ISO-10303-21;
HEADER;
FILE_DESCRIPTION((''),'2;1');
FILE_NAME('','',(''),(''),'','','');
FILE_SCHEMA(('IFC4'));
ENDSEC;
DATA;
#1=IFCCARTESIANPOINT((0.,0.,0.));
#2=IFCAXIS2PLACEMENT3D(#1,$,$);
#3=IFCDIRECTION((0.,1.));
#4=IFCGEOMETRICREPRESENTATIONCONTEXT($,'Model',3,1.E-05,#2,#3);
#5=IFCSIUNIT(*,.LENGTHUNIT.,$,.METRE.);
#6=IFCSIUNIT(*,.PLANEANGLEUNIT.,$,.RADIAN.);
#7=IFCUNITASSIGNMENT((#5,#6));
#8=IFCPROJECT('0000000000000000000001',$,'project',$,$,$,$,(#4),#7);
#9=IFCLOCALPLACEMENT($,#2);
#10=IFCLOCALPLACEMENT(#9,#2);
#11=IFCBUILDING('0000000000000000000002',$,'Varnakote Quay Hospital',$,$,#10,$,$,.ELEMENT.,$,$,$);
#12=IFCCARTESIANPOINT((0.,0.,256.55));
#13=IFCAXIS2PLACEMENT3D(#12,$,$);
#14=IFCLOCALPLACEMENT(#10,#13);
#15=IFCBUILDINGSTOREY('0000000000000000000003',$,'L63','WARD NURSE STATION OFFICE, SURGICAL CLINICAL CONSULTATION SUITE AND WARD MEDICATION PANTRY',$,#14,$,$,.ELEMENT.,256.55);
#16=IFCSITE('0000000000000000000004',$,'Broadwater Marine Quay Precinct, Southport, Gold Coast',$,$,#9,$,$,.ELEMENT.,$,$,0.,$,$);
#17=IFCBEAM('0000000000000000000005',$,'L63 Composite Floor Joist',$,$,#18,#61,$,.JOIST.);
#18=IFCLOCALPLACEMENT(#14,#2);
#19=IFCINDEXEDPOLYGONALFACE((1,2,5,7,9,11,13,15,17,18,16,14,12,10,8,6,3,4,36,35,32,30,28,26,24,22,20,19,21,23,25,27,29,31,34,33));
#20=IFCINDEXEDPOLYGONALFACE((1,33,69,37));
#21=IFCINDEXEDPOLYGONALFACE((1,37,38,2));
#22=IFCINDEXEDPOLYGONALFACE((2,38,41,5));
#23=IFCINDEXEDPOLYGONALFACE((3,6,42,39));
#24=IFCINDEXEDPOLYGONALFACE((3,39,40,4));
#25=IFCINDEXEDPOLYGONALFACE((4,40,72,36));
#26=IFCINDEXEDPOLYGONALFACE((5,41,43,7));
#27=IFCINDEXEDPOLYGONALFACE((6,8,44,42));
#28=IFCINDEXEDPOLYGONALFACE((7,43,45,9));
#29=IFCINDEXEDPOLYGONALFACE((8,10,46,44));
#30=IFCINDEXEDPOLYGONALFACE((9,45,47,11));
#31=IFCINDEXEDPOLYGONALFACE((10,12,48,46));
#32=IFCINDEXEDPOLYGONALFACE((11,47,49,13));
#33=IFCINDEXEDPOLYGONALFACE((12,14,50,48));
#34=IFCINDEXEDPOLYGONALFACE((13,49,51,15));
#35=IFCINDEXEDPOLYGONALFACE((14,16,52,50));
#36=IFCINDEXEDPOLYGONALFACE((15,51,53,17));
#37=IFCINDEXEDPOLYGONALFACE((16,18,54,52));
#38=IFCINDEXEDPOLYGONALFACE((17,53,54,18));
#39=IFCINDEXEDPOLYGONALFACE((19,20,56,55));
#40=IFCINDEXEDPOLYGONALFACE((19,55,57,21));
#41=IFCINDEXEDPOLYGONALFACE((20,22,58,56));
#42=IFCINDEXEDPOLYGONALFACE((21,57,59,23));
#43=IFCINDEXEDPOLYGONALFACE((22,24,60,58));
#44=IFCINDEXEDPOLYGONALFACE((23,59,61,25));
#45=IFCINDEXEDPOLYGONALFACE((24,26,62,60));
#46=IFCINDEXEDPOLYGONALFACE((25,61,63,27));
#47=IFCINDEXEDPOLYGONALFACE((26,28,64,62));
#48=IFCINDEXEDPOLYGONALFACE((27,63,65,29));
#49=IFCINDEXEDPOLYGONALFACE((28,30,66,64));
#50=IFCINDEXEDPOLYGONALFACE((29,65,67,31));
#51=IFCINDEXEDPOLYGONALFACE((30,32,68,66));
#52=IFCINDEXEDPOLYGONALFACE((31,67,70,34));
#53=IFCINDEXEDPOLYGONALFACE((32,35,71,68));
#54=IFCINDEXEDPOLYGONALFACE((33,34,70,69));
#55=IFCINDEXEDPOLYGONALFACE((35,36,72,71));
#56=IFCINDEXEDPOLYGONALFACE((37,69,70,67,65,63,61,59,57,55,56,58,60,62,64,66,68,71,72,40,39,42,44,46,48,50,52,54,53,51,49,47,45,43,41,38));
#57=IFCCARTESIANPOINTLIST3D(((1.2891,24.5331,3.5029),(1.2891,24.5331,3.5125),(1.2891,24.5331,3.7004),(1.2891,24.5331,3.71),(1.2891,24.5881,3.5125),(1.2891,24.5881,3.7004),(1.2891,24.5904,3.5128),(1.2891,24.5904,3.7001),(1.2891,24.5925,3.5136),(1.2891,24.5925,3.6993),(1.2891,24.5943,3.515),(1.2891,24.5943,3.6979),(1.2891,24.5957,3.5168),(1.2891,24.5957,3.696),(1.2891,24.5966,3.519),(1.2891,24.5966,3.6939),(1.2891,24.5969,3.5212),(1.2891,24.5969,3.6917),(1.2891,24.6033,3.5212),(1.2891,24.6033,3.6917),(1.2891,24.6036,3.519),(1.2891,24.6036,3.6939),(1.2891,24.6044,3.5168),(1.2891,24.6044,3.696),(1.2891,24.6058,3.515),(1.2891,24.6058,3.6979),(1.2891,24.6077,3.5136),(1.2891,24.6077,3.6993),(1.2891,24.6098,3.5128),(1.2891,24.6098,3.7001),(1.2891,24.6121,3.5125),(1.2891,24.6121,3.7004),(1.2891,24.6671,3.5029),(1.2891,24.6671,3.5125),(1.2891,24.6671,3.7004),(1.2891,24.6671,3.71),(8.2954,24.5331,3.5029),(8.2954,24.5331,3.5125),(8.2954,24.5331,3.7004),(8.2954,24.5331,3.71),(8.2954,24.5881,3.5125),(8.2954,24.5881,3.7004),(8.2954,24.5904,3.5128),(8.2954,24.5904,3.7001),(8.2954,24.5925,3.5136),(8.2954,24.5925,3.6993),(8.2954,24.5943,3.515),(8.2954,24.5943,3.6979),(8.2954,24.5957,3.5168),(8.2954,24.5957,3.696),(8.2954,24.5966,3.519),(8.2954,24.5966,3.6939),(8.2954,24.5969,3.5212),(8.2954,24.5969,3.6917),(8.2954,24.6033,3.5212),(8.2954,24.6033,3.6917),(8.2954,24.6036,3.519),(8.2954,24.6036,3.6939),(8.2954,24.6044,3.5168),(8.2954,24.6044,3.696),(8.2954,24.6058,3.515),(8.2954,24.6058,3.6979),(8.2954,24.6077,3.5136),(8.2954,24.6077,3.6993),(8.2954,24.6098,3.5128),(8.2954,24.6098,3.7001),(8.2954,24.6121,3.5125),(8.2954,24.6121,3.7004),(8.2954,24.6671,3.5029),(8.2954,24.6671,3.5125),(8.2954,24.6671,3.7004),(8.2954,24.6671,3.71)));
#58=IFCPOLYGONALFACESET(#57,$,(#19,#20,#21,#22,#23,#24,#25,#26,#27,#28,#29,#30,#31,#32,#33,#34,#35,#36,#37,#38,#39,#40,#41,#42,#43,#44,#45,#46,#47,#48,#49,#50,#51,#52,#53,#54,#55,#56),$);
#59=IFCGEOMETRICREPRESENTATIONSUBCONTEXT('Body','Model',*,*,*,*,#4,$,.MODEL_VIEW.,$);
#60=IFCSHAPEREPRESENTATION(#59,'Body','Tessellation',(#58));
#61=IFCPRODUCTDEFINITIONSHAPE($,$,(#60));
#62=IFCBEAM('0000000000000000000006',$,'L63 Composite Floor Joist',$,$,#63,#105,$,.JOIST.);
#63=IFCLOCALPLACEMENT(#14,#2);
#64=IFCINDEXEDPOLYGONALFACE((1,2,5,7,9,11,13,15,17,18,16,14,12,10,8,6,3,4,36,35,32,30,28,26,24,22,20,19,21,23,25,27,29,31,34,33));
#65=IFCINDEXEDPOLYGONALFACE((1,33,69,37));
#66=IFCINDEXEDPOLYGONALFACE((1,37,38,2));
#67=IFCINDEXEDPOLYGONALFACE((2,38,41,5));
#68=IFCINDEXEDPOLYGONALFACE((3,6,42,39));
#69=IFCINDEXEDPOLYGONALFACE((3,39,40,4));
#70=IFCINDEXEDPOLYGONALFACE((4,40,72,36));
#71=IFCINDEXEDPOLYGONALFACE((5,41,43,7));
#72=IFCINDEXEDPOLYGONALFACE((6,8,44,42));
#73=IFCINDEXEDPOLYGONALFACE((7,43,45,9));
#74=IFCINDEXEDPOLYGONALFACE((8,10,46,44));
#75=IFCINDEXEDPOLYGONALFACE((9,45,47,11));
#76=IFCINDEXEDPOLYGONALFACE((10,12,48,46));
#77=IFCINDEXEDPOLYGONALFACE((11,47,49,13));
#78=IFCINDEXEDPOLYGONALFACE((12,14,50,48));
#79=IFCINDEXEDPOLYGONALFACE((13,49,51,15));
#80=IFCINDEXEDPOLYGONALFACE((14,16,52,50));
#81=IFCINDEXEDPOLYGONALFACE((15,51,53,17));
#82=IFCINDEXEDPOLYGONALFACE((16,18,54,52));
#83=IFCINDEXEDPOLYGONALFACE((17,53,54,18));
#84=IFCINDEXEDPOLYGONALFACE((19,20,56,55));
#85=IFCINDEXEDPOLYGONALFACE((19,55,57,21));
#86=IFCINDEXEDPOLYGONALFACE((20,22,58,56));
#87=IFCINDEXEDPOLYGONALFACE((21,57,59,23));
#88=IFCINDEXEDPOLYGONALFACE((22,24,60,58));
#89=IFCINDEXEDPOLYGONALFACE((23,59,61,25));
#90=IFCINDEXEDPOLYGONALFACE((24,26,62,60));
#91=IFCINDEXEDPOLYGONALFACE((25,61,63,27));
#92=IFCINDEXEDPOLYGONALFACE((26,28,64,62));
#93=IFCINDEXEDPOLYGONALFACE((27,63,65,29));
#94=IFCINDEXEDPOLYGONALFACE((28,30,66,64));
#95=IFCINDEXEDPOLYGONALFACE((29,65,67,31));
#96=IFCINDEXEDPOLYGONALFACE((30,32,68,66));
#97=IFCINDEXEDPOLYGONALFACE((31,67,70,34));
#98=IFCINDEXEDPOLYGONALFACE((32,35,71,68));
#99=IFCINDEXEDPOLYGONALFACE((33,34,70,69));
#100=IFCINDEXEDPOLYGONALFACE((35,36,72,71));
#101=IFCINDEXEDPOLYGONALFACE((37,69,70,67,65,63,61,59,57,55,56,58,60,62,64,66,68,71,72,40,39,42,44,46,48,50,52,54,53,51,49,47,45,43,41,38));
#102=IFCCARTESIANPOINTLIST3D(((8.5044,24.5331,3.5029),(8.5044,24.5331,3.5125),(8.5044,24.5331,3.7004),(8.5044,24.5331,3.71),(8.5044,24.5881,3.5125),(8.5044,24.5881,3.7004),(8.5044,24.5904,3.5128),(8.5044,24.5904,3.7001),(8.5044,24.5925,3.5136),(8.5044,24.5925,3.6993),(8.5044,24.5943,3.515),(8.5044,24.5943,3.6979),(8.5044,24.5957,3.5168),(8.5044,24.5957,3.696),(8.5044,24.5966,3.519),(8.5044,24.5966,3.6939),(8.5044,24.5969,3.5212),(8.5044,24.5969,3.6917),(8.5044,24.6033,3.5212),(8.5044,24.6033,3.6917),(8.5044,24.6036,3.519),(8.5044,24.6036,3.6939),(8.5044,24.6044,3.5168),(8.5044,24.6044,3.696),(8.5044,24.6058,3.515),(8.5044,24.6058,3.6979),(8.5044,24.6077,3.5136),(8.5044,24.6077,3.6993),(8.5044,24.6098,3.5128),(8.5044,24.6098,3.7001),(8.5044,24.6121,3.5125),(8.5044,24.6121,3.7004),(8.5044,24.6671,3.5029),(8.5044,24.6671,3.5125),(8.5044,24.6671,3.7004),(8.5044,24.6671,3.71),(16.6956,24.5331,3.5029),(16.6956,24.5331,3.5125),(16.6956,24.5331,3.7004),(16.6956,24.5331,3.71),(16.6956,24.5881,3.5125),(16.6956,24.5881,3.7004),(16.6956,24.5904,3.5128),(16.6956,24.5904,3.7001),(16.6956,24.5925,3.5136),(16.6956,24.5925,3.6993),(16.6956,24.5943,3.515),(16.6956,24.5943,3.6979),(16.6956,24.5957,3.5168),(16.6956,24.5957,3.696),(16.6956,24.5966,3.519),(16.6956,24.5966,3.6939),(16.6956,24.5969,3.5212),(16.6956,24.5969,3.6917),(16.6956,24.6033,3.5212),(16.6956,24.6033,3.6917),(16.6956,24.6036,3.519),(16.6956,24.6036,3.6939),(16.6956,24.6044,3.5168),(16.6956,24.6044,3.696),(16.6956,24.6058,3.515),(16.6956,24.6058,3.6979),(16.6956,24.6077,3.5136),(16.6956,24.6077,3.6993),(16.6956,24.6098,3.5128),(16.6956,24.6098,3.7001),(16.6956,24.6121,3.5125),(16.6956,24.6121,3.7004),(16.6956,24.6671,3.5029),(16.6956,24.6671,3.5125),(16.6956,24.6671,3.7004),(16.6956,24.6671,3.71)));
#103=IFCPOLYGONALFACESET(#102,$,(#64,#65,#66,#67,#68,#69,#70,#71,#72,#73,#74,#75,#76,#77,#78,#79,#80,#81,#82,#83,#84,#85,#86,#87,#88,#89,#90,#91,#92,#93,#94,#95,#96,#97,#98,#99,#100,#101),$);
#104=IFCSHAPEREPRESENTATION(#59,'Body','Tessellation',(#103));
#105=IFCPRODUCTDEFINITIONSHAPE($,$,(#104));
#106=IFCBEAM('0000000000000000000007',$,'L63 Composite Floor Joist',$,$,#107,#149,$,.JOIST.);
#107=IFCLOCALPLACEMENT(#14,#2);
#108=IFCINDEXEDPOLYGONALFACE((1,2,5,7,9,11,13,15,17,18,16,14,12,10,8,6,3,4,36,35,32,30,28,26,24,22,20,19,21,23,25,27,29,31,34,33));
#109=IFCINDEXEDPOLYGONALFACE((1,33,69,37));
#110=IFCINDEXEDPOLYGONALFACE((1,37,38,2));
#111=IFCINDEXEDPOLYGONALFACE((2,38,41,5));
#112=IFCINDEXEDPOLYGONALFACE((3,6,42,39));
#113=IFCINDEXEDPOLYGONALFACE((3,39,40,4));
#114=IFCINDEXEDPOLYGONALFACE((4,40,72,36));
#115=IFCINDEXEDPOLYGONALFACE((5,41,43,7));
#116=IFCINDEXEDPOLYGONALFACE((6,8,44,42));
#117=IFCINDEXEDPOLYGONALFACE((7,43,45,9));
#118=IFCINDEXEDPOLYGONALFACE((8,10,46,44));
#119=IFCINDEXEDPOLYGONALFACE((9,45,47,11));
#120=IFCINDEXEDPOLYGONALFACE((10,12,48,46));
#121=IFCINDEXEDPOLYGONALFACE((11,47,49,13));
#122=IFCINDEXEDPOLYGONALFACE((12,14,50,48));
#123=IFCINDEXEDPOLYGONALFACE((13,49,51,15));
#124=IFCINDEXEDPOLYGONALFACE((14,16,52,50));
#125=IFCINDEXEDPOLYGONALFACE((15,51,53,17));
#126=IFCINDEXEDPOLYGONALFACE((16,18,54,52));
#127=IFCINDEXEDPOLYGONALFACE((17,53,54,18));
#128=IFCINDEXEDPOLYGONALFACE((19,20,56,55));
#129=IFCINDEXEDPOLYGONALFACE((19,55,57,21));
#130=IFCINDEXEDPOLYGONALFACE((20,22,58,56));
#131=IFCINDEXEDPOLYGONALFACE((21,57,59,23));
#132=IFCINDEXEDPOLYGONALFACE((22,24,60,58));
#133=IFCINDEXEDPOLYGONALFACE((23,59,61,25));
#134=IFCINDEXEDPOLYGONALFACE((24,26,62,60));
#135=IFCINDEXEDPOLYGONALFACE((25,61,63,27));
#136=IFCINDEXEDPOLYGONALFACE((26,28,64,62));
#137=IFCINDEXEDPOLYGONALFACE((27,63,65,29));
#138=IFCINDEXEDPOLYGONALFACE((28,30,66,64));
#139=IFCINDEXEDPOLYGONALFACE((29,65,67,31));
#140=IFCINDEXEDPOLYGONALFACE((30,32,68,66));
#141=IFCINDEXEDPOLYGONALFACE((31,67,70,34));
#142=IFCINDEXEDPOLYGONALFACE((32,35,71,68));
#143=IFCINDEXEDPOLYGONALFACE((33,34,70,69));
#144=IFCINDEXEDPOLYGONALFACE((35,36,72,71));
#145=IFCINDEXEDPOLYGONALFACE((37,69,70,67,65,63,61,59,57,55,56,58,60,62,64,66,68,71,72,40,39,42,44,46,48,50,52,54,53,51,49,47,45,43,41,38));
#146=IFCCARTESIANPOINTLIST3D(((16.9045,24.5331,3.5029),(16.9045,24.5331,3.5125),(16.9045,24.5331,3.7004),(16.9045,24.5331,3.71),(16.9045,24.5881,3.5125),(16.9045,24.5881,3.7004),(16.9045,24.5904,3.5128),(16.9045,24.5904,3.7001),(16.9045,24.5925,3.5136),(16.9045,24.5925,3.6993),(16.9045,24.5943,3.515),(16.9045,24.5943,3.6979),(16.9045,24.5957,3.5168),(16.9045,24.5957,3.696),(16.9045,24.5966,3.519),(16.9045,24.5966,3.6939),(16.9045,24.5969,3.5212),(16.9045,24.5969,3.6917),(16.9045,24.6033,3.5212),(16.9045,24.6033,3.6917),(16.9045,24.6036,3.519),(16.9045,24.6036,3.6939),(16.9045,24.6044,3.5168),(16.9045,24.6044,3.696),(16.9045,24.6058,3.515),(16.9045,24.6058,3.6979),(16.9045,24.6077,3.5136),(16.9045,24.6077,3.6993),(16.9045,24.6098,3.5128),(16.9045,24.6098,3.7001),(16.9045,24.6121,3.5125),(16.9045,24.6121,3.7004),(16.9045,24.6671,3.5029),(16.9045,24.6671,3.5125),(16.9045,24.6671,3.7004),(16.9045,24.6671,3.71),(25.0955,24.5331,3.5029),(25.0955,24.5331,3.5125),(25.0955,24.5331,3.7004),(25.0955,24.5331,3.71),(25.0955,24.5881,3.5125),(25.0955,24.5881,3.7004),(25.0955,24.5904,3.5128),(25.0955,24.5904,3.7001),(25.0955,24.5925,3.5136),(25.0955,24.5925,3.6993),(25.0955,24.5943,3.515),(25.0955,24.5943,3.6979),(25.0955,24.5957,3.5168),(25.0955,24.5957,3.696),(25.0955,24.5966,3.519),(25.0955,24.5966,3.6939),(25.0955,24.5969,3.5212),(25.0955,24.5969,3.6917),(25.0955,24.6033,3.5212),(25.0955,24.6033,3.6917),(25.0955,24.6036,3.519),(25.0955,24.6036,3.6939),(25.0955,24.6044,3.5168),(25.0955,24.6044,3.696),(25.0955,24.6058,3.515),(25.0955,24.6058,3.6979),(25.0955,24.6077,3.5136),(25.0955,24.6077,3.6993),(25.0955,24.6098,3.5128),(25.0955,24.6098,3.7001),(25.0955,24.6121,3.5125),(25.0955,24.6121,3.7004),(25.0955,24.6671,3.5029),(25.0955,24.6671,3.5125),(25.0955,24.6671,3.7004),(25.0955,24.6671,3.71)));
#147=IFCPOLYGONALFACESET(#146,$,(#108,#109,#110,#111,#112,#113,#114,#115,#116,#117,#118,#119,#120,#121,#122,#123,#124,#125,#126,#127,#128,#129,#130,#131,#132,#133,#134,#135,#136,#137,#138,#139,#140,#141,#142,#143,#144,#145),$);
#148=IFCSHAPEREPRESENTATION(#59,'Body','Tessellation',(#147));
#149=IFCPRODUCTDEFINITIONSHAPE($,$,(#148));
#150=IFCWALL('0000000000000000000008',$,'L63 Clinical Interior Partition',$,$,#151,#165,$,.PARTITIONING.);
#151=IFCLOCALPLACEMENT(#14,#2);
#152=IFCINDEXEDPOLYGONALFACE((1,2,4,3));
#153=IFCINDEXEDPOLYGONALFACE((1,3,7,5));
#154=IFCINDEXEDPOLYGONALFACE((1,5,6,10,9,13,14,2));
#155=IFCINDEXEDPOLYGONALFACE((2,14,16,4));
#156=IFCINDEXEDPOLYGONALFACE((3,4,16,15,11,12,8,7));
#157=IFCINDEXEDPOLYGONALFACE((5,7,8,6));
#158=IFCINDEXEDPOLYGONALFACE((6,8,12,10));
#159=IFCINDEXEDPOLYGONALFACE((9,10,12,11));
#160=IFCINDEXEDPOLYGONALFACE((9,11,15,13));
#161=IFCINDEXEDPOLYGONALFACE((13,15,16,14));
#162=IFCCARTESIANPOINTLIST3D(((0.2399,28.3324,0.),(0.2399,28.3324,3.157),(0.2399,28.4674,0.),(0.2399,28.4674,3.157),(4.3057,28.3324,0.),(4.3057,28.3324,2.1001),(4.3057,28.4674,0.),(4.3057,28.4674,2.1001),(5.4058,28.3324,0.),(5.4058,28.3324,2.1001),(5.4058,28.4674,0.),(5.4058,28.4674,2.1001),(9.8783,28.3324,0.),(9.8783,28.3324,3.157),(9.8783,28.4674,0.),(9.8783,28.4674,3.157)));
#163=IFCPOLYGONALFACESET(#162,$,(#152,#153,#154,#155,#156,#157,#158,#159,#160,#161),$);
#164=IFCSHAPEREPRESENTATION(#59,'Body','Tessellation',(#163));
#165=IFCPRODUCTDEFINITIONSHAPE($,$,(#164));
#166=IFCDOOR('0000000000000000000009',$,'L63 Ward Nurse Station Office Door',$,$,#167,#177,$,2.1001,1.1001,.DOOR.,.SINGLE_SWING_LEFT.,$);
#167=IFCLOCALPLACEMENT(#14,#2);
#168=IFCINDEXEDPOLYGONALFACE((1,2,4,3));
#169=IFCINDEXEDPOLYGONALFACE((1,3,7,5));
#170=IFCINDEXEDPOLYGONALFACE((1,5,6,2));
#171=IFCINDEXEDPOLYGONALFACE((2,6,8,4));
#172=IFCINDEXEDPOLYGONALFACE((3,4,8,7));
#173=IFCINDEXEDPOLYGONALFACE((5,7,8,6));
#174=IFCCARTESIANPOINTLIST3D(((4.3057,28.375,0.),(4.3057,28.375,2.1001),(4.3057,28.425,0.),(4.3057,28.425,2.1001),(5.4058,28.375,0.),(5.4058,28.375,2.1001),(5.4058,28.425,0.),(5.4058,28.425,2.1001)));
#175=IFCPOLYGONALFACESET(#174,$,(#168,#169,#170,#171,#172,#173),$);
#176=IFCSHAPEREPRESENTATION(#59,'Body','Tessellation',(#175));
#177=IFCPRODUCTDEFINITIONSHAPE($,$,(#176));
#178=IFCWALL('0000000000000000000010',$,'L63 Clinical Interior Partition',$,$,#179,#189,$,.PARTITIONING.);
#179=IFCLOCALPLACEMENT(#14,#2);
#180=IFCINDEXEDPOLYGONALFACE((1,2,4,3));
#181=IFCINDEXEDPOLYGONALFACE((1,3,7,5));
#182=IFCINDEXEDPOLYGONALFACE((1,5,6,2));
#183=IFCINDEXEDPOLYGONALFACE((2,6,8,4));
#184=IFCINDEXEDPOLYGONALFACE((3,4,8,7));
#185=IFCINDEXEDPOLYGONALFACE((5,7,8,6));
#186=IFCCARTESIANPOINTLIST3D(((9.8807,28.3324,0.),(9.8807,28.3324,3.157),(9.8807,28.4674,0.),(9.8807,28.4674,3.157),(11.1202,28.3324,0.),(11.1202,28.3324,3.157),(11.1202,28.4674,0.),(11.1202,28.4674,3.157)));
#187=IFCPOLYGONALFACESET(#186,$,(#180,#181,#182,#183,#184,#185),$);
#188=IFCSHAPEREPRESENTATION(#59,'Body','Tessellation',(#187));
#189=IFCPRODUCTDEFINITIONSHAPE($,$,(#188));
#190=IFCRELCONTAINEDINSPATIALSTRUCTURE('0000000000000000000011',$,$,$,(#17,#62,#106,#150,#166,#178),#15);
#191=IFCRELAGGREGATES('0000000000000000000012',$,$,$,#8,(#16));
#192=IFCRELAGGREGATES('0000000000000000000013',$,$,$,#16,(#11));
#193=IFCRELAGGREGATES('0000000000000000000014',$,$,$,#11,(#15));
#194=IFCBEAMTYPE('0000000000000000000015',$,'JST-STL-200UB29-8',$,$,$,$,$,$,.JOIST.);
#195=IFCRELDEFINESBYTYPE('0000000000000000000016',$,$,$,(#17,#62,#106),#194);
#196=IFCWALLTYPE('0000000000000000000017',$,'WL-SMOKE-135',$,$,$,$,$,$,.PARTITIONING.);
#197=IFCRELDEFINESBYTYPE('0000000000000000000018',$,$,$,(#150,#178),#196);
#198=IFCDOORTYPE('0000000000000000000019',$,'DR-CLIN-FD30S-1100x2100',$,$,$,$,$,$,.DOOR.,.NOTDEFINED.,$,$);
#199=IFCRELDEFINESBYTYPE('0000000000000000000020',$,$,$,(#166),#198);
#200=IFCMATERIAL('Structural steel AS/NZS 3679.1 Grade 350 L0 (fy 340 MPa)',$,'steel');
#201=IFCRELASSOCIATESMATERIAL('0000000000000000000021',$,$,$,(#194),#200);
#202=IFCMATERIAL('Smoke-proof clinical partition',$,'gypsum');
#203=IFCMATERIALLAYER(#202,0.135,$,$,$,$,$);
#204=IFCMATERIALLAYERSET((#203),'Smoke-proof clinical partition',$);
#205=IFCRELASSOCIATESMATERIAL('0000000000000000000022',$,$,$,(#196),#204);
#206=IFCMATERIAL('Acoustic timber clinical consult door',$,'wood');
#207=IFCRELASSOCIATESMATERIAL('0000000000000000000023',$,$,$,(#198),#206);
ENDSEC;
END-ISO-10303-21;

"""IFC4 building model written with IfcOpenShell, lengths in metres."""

from ifc_helpers import new_model, si_unit, direction, frame, frame_2d, origin, origin_2d, place, context, subcontext, project, spatial, rectangle, i_section, extrude, material, layer, layer_set, material_profile, profile_set, type_object, element, fill, save


model = new_model("IFC4")

# Units and contexts
model_context = context("Model", 3, precision=1e-05, world=origin(), true_north=direction((0.0, 1.0)))
body_context = subcontext(model_context, "Body", "Model", "MODEL_VIEW")
ifc_project = project(units=[si_unit("LENGTHUNIT", "METRE"), si_unit("PLANEANGLEUNIT", "RADIAN")], contexts=[model_context])

# Site, building, storey
site_placement = place(None, origin())
site = spatial("IfcSite", under=ifc_project, at=site_placement, Name="Broadwater Marine Quay Precinct, Southport, Gold Coast", CompositionType="ELEMENT", RefElevation=0.0)
building_placement = place(site_placement, origin())
building = spatial("IfcBuilding", under=site, at=building_placement, Name="Varnakote Quay Hospital", CompositionType="ELEMENT")
storey_placement = place(building_placement, frame((0.0, 0.0, 256.55)))
storey = spatial("IfcBuildingStorey", under=building, at=storey_placement, Name="L63", Description="WARD NURSE STATION OFFICE, SURGICAL CLINICAL CONSULTATION SUITE AND WARD MEDICATION PANTRY", CompositionType="ELEMENT", Elevation=256.55)

# Beams
ifc_material_1 = material(Name="Structural steel AS/NZS 3679.1 Grade 350 L0 (fy 340 MPa)", Category="steel")
ifc_material_profile_1 = material_profile(ifc_material_1, i_section(OverallWidth=0.134, OverallDepth=0.207, WebThickness=0.0063, FlangeThickness=0.0095, FilletRadius=0.0088, at=origin_2d()), Name="200UB29.8")
ifc_profile_set_1 = profile_set([ifc_material_profile_1], Name="Structural steel AS/NZS 3679.1 Grade 350 L0 (fy 340 MPa)")
beam_type_1 = type_object("IfcBeamType", Name="JST-STL-200UB29-8", PredefinedType="JOIST", material=ifc_profile_set_1)
beam_1_placement = place(storey_placement, frame((1.2891, 24.6001, 3.6064), z_axis=(1.0, 0.0, 0.0), x_axis=(0.0, 1.0, 0.0)))
element("IfcBeam", 1, at=beam_1_placement, inside=storey, type_object=beam_type_1, Name="L63 Composite Floor Joist", PredefinedType="JOIST", context=body_context, shape_type="SweptSolid", body=[
    extrude(i_section(OverallWidth=0.134, OverallDepth=0.207, WebThickness=0.0063, FlangeThickness=0.0095, FilletRadius=0.0088, at=origin_2d()), origin(), (0.0, 0.0, 1.0), 7.0063),
])
beam_2_placement = place(storey_placement, frame((8.5044, 24.6001, 3.6064), z_axis=(1.0, 0.0, 0.0), x_axis=(0.0, 1.0, 0.0)))
element("IfcBeam", 2, at=beam_2_placement, inside=storey, type_object=beam_type_1, Name="L63 Composite Floor Joist", PredefinedType="JOIST", context=body_context, shape_type="SweptSolid", body=[
    extrude(i_section(OverallWidth=0.134, OverallDepth=0.207, WebThickness=0.0063, FlangeThickness=0.0095, FilletRadius=0.0088, at=origin_2d()), origin(), (0.0, 0.0, 1.0), 8.1912),
])
beam_3_placement = place(storey_placement, frame((16.9045, 24.6001, 3.6064), z_axis=(1.0, 0.0, 0.0), x_axis=(0.0, 1.0, 0.0)))
element("IfcBeam", 3, at=beam_3_placement, inside=storey, type_object=beam_type_1, Name="L63 Composite Floor Joist", PredefinedType="JOIST", context=body_context, shape_type="SweptSolid", body=[
    extrude(i_section(OverallWidth=0.134, OverallDepth=0.207, WebThickness=0.0063, FlangeThickness=0.0095, FilletRadius=0.0088, at=origin_2d()), origin(), (0.0, 0.0, 1.0), 8.1909),
])

# Wall, opening, door
ifc_material_2 = material(Name="Smoke-proof clinical partition", Category="gypsum")
ifc_layer_1 = layer(ifc_material_2, 0.135)
ifc_layer_set_1 = layer_set([ifc_layer_1], Name="Smoke-proof clinical partition")
wall_type_1 = type_object("IfcWallType", Name="WL-SMOKE-135", PredefinedType="PARTITIONING", material=ifc_layer_set_1)
wall_1_placement = place(storey_placement, frame((9.8784, 28.3999, 0.0), z_axis=(0.0, 0.0, 1.0), x_axis=(-1.0, 0.0, 0.0)))
wall_1 = element("IfcWall", 4, at=wall_1_placement, inside=storey, type_object=wall_type_1, Name="L63 Clinical Interior Partition", PredefinedType="PARTITIONING", context=body_context, shape_type="SweptSolid", body=[
    extrude(rectangle(XDim=9.6384, YDim=0.135, at=frame_2d((4.8193, 0.0))), origin(), (0.0, 0.0, 1.0), 3.157),
])
opening_1_placement = place(wall_1_placement, frame((4.4727, 0.0, 0.0)))
opening_1 = element("IfcOpeningElement", 5, at=opening_1_placement, cuts=wall_1, PredefinedType="OPENING", context=body_context, shape_type="SweptSolid", body=[
    extrude(rectangle(XDim=1.1001, YDim=2.1001, at=frame_2d((0.55, 1.05))), frame((0.0, 0.0774, 0.0), z_axis=(0.0, -1.0, 0.0), x_axis=(1.0, 0.0, 0.0)), (0.0, 0.0, 1.0), 0.155),
])
ifc_material_3 = material(Name="Acoustic timber clinical consult door", Category="wood")
door_type = type_object("IfcDoorType", Name="DR-CLIN-FD30S-1100x2100", OperationType="NOTDEFINED", PredefinedType="DOOR", material=ifc_material_3)
door_1_placement = place(opening_1_placement, origin())
door_1 = element("IfcDoor", 6, at=door_1_placement, inside=storey, type_object=door_type, Name="L63 Ward Nurse Station Office Door", OperationType="SINGLE_SWING_LEFT", OverallHeight=2.1001, OverallWidth=1.1001, PredefinedType="DOOR", context=body_context, shape_type="SweptSolid", body=[
    extrude(rectangle(XDim=1.1001, YDim=2.1001, at=frame_2d((0.55, 1.05))), frame((0.0, 0.0249, 0.0), z_axis=(0.0, -1.0, 0.0), x_axis=(1.0, 0.0, 0.0)), (0.0, 0.0, 1.0), 0.05),
])
fill(opening_1, door_1)

# Wall
wall_2_placement = place(storey_placement, frame((11.1201, 28.3999, 0.0), z_axis=(0.0, 0.0, 1.0), x_axis=(-1.0, 0.0, 0.0)))
element("IfcWall", 7, at=wall_2_placement, inside=storey, type_object=wall_type_1, Name="L63 Clinical Interior Partition", PredefinedType="PARTITIONING", context=body_context, shape_type="SweptSolid", body=[
    extrude(rectangle(XDim=1.2395, YDim=0.135, at=frame_2d((0.6196, 0.0))), origin(), (0.0, 0.0, 1.0), 3.157),
])

save(model, "model.ifc")
